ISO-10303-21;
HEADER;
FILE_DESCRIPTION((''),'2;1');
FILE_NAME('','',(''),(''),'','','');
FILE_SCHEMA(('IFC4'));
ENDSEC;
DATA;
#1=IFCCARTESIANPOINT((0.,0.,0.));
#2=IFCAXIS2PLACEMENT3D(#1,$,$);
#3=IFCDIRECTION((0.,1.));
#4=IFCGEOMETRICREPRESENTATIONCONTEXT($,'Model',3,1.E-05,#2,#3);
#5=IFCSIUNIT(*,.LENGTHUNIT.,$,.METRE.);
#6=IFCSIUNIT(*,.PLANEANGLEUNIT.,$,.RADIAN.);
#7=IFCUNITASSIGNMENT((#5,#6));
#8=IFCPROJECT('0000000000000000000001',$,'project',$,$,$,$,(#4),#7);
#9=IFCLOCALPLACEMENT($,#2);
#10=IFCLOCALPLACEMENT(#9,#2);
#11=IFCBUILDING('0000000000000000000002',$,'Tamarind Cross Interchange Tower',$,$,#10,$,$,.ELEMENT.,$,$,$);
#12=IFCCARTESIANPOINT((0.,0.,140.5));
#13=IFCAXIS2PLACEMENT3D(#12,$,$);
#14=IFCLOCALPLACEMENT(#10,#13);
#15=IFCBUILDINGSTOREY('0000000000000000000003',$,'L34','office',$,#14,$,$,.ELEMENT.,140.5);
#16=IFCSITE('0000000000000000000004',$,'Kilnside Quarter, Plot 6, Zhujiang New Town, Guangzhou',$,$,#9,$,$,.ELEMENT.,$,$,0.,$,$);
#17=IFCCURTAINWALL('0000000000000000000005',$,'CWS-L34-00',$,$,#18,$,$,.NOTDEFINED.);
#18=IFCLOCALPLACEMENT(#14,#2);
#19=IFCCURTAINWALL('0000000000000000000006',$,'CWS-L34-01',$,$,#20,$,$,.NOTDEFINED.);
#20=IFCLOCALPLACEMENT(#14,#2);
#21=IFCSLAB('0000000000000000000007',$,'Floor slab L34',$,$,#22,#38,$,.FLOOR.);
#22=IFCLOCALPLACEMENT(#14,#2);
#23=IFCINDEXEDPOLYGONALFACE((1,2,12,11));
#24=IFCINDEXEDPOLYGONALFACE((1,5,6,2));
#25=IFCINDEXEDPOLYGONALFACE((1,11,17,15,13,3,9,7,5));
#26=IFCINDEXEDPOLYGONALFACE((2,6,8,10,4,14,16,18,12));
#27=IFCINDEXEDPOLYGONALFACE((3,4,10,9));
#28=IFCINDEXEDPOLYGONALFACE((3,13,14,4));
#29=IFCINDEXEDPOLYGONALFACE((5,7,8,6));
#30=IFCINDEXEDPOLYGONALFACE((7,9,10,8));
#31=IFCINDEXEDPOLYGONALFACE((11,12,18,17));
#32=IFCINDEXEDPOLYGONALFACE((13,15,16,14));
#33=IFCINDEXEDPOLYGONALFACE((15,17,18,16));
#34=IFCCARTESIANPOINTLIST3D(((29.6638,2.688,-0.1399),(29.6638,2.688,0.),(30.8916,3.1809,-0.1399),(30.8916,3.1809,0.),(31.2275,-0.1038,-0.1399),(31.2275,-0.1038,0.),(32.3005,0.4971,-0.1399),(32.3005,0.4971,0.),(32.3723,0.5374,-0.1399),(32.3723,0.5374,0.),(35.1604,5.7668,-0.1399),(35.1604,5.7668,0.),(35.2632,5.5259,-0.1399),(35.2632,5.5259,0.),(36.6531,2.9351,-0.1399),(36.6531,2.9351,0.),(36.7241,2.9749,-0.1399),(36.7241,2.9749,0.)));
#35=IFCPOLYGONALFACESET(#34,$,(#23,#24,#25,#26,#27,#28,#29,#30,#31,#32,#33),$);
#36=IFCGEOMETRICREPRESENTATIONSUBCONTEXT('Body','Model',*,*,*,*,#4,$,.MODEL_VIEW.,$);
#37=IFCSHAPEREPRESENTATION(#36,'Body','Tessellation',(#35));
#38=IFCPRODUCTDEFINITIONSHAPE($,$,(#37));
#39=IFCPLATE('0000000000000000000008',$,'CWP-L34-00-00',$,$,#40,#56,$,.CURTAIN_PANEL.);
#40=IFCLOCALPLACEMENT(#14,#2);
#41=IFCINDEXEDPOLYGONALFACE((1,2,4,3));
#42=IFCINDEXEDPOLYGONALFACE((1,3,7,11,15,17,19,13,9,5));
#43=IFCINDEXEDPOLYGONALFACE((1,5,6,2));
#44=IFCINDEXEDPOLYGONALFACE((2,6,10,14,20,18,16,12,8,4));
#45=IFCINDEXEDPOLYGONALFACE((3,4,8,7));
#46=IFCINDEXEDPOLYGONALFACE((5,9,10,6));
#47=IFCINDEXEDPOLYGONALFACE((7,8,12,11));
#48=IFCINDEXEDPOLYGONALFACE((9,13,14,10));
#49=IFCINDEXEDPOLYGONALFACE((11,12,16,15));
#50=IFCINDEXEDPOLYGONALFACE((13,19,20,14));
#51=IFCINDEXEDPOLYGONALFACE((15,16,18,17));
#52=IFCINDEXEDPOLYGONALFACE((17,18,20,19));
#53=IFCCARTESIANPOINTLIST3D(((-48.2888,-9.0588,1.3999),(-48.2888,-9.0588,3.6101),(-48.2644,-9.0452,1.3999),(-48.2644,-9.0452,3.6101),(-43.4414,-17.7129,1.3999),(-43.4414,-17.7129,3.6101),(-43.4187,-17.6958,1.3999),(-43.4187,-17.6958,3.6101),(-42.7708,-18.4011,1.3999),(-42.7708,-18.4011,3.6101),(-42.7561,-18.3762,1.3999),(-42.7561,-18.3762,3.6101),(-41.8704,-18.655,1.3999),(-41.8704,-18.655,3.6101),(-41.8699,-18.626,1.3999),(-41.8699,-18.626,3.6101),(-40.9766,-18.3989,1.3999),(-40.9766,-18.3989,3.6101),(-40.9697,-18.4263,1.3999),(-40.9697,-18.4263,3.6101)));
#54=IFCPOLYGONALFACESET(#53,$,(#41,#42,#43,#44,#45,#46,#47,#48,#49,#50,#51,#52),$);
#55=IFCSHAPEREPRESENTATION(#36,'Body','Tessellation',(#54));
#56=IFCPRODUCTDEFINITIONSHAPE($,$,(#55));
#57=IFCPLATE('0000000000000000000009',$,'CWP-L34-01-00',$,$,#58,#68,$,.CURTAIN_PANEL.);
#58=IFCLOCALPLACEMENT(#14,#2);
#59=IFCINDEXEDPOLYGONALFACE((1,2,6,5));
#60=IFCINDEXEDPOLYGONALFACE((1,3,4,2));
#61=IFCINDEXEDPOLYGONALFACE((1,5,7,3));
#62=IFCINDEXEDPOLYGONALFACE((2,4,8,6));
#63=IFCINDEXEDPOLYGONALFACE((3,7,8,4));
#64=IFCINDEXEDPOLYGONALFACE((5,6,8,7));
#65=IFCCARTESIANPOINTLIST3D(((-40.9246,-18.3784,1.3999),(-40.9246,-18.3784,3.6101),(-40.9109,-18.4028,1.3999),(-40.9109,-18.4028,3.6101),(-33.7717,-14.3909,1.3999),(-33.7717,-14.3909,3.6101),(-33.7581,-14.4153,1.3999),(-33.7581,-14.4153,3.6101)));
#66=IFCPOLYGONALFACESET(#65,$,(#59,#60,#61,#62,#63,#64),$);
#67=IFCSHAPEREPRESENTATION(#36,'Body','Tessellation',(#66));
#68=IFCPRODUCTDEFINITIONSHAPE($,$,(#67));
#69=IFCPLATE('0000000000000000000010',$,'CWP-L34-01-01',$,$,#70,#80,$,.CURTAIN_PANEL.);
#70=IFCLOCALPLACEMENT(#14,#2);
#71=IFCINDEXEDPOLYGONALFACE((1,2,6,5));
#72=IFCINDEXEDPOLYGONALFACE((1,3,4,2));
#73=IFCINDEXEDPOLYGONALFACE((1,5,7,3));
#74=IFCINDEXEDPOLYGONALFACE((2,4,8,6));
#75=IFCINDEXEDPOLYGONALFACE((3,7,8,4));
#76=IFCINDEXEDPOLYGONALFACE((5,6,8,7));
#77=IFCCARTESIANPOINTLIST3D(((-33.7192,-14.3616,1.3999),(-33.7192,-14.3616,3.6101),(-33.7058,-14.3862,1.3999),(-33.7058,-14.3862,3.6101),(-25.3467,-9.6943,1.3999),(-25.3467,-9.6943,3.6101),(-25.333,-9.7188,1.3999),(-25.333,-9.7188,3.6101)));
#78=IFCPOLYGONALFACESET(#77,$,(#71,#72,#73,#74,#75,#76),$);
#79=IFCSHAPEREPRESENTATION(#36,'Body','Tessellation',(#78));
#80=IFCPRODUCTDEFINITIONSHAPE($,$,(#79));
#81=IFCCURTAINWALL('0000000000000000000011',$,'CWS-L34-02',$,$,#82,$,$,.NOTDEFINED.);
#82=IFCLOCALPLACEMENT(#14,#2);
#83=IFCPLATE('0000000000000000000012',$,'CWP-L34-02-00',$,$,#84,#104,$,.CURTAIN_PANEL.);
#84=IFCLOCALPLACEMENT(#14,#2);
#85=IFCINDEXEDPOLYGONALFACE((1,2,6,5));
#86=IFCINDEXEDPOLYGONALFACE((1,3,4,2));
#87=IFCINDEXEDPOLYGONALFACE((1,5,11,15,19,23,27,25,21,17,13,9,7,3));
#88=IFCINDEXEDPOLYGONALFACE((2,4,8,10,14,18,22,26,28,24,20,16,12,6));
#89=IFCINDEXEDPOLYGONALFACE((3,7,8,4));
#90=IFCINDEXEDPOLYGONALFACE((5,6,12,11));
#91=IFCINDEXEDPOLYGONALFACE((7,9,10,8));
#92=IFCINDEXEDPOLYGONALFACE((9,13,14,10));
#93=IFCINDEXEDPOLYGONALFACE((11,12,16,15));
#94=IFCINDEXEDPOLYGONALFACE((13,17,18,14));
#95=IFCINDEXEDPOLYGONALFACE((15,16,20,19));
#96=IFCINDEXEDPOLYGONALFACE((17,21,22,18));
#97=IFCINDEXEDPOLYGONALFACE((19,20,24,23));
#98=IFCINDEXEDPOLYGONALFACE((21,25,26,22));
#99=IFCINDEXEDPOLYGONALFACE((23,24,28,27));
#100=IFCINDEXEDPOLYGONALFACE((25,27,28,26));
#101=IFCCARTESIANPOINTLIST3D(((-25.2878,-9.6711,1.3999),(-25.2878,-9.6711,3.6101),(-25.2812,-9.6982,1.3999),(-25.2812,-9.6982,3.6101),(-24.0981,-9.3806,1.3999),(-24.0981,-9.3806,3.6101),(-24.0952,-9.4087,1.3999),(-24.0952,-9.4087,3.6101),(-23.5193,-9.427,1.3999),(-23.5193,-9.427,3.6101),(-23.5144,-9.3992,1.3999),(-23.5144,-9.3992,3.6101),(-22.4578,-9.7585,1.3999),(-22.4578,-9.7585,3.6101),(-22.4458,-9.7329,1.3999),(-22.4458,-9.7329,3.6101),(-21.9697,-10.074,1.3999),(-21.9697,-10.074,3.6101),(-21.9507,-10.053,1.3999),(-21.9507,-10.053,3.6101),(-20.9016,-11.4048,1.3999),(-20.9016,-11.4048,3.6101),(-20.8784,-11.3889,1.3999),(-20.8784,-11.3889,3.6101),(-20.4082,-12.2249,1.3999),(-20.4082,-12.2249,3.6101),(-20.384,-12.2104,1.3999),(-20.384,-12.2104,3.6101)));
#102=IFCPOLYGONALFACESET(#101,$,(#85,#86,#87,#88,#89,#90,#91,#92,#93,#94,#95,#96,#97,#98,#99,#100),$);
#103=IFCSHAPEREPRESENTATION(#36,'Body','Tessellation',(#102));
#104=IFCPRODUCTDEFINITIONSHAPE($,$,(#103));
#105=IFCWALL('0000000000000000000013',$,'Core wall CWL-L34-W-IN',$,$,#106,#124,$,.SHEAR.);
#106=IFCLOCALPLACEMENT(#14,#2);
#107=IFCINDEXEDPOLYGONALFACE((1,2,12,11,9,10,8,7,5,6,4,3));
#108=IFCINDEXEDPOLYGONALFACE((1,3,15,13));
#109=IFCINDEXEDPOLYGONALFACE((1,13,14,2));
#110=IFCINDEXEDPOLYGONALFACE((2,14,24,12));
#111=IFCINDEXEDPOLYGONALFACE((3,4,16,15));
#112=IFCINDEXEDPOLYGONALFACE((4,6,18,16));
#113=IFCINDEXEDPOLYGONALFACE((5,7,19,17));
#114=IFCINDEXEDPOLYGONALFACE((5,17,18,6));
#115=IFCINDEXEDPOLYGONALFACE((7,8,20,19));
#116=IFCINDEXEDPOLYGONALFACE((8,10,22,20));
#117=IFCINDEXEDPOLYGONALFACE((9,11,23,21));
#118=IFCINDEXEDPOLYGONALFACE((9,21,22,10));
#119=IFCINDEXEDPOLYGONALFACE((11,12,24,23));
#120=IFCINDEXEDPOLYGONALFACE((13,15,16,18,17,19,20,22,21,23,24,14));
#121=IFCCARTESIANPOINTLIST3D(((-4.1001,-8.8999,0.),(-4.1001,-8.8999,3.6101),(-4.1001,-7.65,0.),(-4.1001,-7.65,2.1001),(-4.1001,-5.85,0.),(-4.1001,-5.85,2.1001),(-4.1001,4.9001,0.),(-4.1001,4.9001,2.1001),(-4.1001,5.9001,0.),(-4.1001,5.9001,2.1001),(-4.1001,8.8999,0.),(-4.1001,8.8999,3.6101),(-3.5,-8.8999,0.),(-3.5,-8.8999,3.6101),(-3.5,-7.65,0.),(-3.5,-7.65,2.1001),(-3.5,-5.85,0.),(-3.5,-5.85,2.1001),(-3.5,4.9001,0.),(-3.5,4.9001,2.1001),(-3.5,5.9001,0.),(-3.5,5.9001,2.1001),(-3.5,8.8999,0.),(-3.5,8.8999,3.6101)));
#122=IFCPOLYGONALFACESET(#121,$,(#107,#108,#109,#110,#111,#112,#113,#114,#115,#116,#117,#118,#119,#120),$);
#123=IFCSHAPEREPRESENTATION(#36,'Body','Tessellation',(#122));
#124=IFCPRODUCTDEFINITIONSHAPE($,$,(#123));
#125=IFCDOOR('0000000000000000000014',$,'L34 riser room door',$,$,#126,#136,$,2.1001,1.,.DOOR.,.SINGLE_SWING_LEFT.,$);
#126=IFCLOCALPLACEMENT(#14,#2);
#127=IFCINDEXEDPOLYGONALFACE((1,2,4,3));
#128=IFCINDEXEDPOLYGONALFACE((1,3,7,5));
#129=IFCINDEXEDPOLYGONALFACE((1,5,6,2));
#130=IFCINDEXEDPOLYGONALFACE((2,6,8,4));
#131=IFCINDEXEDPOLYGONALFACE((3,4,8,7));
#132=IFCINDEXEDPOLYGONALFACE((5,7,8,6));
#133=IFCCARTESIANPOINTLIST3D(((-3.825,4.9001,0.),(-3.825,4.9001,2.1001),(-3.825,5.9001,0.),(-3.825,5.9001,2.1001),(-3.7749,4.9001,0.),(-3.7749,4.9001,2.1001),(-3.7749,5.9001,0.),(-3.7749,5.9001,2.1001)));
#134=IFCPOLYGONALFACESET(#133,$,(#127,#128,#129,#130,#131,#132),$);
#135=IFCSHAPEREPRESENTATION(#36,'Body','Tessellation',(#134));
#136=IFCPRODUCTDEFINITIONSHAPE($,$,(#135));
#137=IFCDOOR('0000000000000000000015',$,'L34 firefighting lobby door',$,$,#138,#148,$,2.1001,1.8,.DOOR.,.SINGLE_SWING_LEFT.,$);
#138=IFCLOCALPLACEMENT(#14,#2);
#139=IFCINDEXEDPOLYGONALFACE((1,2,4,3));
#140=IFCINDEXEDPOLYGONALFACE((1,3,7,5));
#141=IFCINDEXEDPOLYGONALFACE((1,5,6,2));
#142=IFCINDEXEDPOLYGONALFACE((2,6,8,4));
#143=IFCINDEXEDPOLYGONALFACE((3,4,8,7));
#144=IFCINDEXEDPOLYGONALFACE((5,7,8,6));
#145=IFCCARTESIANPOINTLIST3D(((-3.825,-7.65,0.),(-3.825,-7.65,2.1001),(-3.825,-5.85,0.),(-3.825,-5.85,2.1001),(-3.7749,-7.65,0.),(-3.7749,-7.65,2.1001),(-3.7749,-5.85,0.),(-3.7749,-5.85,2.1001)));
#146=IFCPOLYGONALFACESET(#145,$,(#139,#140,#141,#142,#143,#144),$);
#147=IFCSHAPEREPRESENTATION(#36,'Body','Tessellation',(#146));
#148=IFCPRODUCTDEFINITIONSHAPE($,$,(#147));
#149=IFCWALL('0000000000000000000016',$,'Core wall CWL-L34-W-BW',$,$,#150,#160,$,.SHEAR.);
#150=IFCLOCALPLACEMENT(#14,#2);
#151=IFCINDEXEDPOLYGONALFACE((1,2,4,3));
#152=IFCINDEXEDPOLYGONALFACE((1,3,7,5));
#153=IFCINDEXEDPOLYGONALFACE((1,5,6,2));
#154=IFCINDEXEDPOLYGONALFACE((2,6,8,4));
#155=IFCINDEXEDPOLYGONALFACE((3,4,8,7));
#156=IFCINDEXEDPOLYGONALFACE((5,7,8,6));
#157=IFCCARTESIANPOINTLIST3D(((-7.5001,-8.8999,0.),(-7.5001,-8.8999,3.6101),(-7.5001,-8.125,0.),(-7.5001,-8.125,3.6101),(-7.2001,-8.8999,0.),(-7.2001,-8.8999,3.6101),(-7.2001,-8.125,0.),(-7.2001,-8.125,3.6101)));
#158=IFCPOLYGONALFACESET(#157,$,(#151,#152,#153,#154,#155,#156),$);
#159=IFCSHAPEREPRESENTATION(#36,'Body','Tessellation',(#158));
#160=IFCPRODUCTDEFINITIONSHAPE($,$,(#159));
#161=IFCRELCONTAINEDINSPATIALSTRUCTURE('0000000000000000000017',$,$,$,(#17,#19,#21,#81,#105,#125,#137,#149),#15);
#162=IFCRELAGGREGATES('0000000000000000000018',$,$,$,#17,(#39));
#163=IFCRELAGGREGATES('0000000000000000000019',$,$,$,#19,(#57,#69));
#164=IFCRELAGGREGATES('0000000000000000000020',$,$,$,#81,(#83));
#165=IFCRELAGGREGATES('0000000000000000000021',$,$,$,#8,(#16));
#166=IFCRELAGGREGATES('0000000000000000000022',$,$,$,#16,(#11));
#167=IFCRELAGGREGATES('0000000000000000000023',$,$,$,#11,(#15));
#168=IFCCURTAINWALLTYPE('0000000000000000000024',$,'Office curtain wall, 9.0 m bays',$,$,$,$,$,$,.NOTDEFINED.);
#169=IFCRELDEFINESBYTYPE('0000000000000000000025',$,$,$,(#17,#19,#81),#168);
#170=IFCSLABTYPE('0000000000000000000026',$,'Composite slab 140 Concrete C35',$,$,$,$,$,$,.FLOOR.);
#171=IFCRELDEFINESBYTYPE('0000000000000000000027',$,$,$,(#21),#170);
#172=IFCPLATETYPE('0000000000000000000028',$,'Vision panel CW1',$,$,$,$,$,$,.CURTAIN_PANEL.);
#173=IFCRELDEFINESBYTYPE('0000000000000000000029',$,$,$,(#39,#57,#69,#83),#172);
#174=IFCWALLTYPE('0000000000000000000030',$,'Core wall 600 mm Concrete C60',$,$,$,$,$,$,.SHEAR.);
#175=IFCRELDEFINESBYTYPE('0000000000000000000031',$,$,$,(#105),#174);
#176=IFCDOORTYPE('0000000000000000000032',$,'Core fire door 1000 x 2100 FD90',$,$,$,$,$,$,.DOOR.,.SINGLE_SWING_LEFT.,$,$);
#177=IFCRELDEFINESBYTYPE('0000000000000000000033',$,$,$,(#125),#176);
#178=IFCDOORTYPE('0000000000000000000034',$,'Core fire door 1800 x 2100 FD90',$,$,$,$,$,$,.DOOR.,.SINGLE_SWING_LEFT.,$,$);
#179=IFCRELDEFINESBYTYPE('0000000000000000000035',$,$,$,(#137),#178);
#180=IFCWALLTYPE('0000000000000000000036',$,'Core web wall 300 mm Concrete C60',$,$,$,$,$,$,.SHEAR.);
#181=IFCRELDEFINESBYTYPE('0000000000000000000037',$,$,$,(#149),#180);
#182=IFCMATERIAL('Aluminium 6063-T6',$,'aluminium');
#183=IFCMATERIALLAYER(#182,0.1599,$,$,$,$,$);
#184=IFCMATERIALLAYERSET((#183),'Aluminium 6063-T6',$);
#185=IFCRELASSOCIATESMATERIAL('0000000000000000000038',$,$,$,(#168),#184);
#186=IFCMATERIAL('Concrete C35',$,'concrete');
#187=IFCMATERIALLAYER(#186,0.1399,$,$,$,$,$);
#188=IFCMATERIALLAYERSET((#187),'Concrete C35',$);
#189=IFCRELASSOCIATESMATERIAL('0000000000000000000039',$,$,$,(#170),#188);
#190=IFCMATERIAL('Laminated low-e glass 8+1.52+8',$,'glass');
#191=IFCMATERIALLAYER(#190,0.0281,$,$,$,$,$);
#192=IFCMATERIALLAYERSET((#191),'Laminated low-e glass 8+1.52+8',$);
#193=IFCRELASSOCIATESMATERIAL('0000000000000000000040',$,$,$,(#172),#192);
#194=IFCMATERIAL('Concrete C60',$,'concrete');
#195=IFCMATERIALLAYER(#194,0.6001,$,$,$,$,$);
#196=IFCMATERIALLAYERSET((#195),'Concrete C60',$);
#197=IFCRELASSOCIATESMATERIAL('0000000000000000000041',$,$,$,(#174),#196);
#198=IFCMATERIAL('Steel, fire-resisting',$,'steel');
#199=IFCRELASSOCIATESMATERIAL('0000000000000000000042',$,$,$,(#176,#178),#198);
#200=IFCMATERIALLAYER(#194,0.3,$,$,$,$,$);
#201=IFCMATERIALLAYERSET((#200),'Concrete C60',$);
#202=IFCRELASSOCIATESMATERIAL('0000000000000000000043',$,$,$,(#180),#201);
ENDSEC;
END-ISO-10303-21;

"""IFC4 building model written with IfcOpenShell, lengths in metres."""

from ifc_helpers import new_model, si_unit, direction, frame, frame_2d, origin, place, context, subcontext, project, spatial, polyline, rectangle, outline, extrude, material, layer, layer_set, type_object, element, fill, aggregate, save


model = new_model("IFC4")

# Units and contexts
model_context = context("Model", 3, precision=1e-05, world=origin(), true_north=direction((0.0, 1.0)))
body_context = subcontext(model_context, "Body", "Model", "MODEL_VIEW")
ifc_project = project(units=[si_unit("LENGTHUNIT", "METRE"), si_unit("PLANEANGLEUNIT", "RADIAN")], contexts=[model_context])

# Site, building, storey
site_placement = place(None, origin())
site = spatial("IfcSite", under=ifc_project, at=site_placement, Name="Kilnside Quarter, Plot 6, Zhujiang New Town, Guangzhou", CompositionType="ELEMENT", RefElevation=0.0)
building_placement = place(site_placement, origin())
building = spatial("IfcBuilding", under=site, at=building_placement, Name="Tamarind Cross Interchange Tower", CompositionType="ELEMENT")
storey_placement = place(building_placement, frame((0.0, 0.0, 140.5)))
storey = spatial("IfcBuildingStorey", under=building, at=storey_placement, Name="L34", Description="office", CompositionType="ELEMENT", Elevation=140.5)

# Curtain walls
ifc_material_1 = material(Name="Aluminium 6063-T6", Category="aluminium")
ifc_layer_1 = layer(ifc_material_1, 0.1599)
ifc_layer_set_1 = layer_set([ifc_layer_1], Name="Aluminium 6063-T6")
curtain_wall_type = type_object("IfcCurtainWallType", Name="Office curtain wall, 9.0 m bays", PredefinedType="NOTDEFINED", material=ifc_layer_set_1)
curtain_wall_1_placement = place(storey_placement, origin())
curtain_wall_1 = element("IfcCurtainWall", 1, at=curtain_wall_1_placement, inside=storey, type_object=curtain_wall_type, Name="CWS-L34-00", PredefinedType="NOTDEFINED")
curtain_wall_2_placement = place(storey_placement, origin())
curtain_wall_2 = element("IfcCurtainWall", 2, at=curtain_wall_2_placement, inside=storey, type_object=curtain_wall_type, Name="CWS-L34-01", PredefinedType="NOTDEFINED")

# Slab
ifc_material_2 = material(Name="Concrete C35", Category="concrete")
ifc_layer_2 = layer(ifc_material_2, 0.1399)
ifc_layer_set_2 = layer_set([ifc_layer_2], Name="Concrete C35")
slab_type = type_object("IfcSlabType", Name="Composite slab 140 Concrete C35", PredefinedType="FLOOR", material=ifc_layer_set_2)
slab_1_placement = place(storey_placement, frame((0.0, 0.0, -0.1399)))
element("IfcSlab", 3, at=slab_1_placement, inside=storey, type_object=slab_type, Name="Floor slab L34", PredefinedType="FLOOR", context=body_context, shape_type="SweptSolid", body=[
    extrude(outline(polyline([(31.2275, -0.1038), (32.3005, 0.4971), (32.3723, 0.5374), (30.8916, 3.1809), (35.2632, 5.5259), (36.6531, 2.9351), (36.7241, 2.9749), (35.1604, 5.7668), (29.6638, 2.688), (31.2275, -0.1038)])), origin(), (0.0, 0.0, 1.0), 0.1399),
])

# Plates
ifc_material_3 = material(Name="Laminated low-e glass 8+1.52+8", Category="glass")
ifc_layer_3 = layer(ifc_material_3, 0.0281)
ifc_layer_set_3 = layer_set([ifc_layer_3], Name="Laminated low-e glass 8+1.52+8")
plate_type = type_object("IfcPlateType", Name="Vision panel CW1", PredefinedType="CURTAIN_PANEL", material=ifc_layer_set_3)
plate_1_placement = place(storey_placement, frame((0.0, 0.0, 1.3999)))
plate_1 = element("IfcPlate", 4, at=plate_1_placement, type_object=plate_type, Name="CWP-L34-00-00", PredefinedType="CURTAIN_PANEL", context=body_context, shape_type="SweptSolid", body=[
    extrude(outline(polyline([(-48.2644, -9.0452), (-43.4187, -17.6958), (-42.7561, -18.3762), (-41.8699, -18.626), (-40.9766, -18.3989), (-40.9697, -18.4263), (-41.8704, -18.655), (-42.7708, -18.4011), (-43.4414, -17.7129), (-48.2888, -9.0588), (-48.2644, -9.0452)])), origin(), (0.0, 0.0, 1.0), 2.2102),
])
aggregate(curtain_wall_1, [plate_1])
plate_2_placement = place(storey_placement, frame((0.0, 0.0, 1.3999)))
plate_2 = element("IfcPlate", 5, at=plate_2_placement, type_object=plate_type, Name="CWP-L34-01-00", PredefinedType="CURTAIN_PANEL", context=body_context, shape_type="SweptSolid", body=[
    extrude(outline(polyline([(-40.9246, -18.3784), (-33.7717, -14.3909), (-33.7581, -14.4153), (-40.9109, -18.4028), (-40.9246, -18.3784)])), origin(), (0.0, 0.0, 1.0), 2.2102),
])
plate_3_placement = place(storey_placement, frame((0.0, 0.0, 1.3999)))
plate_3 = element("IfcPlate", 6, at=plate_3_placement, type_object=plate_type, Name="CWP-L34-01-01", PredefinedType="CURTAIN_PANEL", context=body_context, shape_type="SweptSolid", body=[
    extrude(outline(polyline([(-33.7192, -14.3616), (-25.3467, -9.6943), (-25.333, -9.7188), (-33.7058, -14.3862), (-33.7192, -14.3616)])), origin(), (0.0, 0.0, 1.0), 2.2102),
])
aggregate(curtain_wall_2, [plate_2, plate_3])

# Curtain wall, plate
curtain_wall_3_placement = place(storey_placement, origin())
curtain_wall_3 = element("IfcCurtainWall", 7, at=curtain_wall_3_placement, inside=storey, type_object=curtain_wall_type, Name="CWS-L34-02", PredefinedType="NOTDEFINED")
plate_4_placement = place(storey_placement, frame((0.0, 0.0, 1.3999)))
plate_4 = element("IfcPlate", 8, at=plate_4_placement, type_object=plate_type, Name="CWP-L34-02-00", PredefinedType="CURTAIN_PANEL", context=body_context, shape_type="SweptSolid", body=[
    extrude(outline(polyline([(-25.2878, -9.6711), (-24.0981, -9.3806), (-23.5144, -9.3992), (-22.4458, -9.7329), (-21.9507, -10.053), (-20.8784, -11.3889), (-20.384, -12.2104), (-20.4082, -12.2249), (-20.9016, -11.4048), (-21.9697, -10.074), (-22.4578, -9.7585), (-23.5193, -9.427), (-24.0952, -9.4087), (-25.2812, -9.6982), (-25.2878, -9.6711)])), origin(), (0.0, 0.0, 1.0), 2.2102),
])
aggregate(curtain_wall_3, [plate_4])

# Wall, openings, doors
ifc_material_4 = material(Name="Concrete C60", Category="concrete")
ifc_layer_4 = layer(ifc_material_4, 0.6001)
ifc_layer_set_4 = layer_set([ifc_layer_4], Name="Concrete C60")
wall_type_1 = type_object("IfcWallType", Name="Core wall 600 mm Concrete C60", PredefinedType="SHEAR", material=ifc_layer_set_4)
wall_1_placement = place(storey_placement, frame((-3.8, -8.8999, 0.0), z_axis=(0.0, 0.0, 1.0), x_axis=(0.0, 1.0, 0.0)))
wall_1 = element("IfcWall", 9, at=wall_1_placement, inside=storey, type_object=wall_type_1, Name="Core wall CWL-L34-W-IN", PredefinedType="SHEAR", context=body_context, shape_type="SweptSolid", body=[
    extrude(rectangle(XDim=17.7998, YDim=0.6001, at=frame_2d((8.8999, 0.0))), origin(), (0.0, 0.0, 1.0), 3.6101),
])
opening_1_placement = place(wall_1_placement, frame((1.25, 0.0, 0.0)))
opening_1 = element("IfcOpeningElement", 10, at=opening_1_placement, cuts=wall_1, PredefinedType="OPENING", context=body_context, shape_type="SweptSolid", body=[
    extrude(rectangle(XDim=1.8, YDim=2.1001, at=frame_2d((0.8999, 1.05))), frame((0.0, 0.3101, 0.0), z_axis=(0.0, -1.0, 0.0), x_axis=(1.0, 0.0, 0.0)), (0.0, 0.0, 1.0), 0.6201),
])
opening_2_placement = place(wall_1_placement, frame((13.8, 0.0, 0.0)))
opening_2 = element("IfcOpeningElement", 11, at=opening_2_placement, cuts=wall_1, PredefinedType="OPENING", context=body_context, shape_type="SweptSolid", body=[
    extrude(rectangle(XDim=1.0, YDim=2.1001, at=frame_2d((0.5, 1.05))), frame((0.0, 0.3101, 0.0), z_axis=(0.0, -1.0, 0.0), x_axis=(1.0, 0.0, 0.0)), (0.0, 0.0, 1.0), 0.6201),
])
ifc_material_5 = material(Name="Steel, fire-resisting", Category="steel")
door_type_1 = type_object("IfcDoorType", Name="Core fire door 1000 x 2100 FD90", OperationType="SINGLE_SWING_LEFT", PredefinedType="DOOR", material=ifc_material_5)
door_1_placement = place(opening_2_placement, origin())
door_1 = element("IfcDoor", 12, at=door_1_placement, inside=storey, type_object=door_type_1, Name="L34 riser room door", OperationType="SINGLE_SWING_LEFT", OverallHeight=2.1001, OverallWidth=1.0, PredefinedType="DOOR", context=body_context, shape_type="SweptSolid", body=[
    extrude(rectangle(XDim=1.0, YDim=2.1001, at=frame_2d((0.5, 1.05))), frame((0.0, 0.0249, 0.0), z_axis=(0.0, -1.0, 0.0), x_axis=(1.0, 0.0, 0.0)), (0.0, 0.0, 1.0), 0.05),
])
fill(opening_2, door_1)
door_type_2 = type_object("IfcDoorType", Name="Core fire door 1800 x 2100 FD90", OperationType="SINGLE_SWING_LEFT", PredefinedType="DOOR", material=ifc_material_5)
door_2_placement = place(opening_1_placement, origin())
door_2 = element("IfcDoor", 13, at=door_2_placement, inside=storey, type_object=door_type_2, Name="L34 firefighting lobby door", OperationType="SINGLE_SWING_LEFT", OverallHeight=2.1001, OverallWidth=1.8, PredefinedType="DOOR", context=body_context, shape_type="SweptSolid", body=[
    extrude(rectangle(XDim=1.8, YDim=2.1001, at=frame_2d((0.8999, 1.05))), frame((0.0, 0.0249, 0.0), z_axis=(0.0, -1.0, 0.0), x_axis=(1.0, 0.0, 0.0)), (0.0, 0.0, 1.0), 0.05),
])
fill(opening_1, door_2)

# Wall
ifc_layer_5 = layer(ifc_material_4, 0.3)
ifc_layer_set_5 = layer_set([ifc_layer_5], Name="Concrete C60")
wall_type_2 = type_object("IfcWallType", Name="Core web wall 300 mm Concrete C60", PredefinedType="SHEAR", material=ifc_layer_set_5)
wall_2_placement = place(storey_placement, frame((-7.3501, -8.8999, 0.0), z_axis=(0.0, 0.0, 1.0), x_axis=(0.0, 1.0, 0.0)))
element("IfcWall", 14, at=wall_2_placement, inside=storey, type_object=wall_type_2, Name="Core wall CWL-L34-W-BW", PredefinedType="SHEAR", context=body_context, shape_type="SweptSolid", body=[
    extrude(rectangle(XDim=0.7749, YDim=0.3, at=frame_2d((0.3875, 0.0))), origin(), (0.0, 0.0, 1.0), 3.6101),
])

save(model, "model.ifc")
